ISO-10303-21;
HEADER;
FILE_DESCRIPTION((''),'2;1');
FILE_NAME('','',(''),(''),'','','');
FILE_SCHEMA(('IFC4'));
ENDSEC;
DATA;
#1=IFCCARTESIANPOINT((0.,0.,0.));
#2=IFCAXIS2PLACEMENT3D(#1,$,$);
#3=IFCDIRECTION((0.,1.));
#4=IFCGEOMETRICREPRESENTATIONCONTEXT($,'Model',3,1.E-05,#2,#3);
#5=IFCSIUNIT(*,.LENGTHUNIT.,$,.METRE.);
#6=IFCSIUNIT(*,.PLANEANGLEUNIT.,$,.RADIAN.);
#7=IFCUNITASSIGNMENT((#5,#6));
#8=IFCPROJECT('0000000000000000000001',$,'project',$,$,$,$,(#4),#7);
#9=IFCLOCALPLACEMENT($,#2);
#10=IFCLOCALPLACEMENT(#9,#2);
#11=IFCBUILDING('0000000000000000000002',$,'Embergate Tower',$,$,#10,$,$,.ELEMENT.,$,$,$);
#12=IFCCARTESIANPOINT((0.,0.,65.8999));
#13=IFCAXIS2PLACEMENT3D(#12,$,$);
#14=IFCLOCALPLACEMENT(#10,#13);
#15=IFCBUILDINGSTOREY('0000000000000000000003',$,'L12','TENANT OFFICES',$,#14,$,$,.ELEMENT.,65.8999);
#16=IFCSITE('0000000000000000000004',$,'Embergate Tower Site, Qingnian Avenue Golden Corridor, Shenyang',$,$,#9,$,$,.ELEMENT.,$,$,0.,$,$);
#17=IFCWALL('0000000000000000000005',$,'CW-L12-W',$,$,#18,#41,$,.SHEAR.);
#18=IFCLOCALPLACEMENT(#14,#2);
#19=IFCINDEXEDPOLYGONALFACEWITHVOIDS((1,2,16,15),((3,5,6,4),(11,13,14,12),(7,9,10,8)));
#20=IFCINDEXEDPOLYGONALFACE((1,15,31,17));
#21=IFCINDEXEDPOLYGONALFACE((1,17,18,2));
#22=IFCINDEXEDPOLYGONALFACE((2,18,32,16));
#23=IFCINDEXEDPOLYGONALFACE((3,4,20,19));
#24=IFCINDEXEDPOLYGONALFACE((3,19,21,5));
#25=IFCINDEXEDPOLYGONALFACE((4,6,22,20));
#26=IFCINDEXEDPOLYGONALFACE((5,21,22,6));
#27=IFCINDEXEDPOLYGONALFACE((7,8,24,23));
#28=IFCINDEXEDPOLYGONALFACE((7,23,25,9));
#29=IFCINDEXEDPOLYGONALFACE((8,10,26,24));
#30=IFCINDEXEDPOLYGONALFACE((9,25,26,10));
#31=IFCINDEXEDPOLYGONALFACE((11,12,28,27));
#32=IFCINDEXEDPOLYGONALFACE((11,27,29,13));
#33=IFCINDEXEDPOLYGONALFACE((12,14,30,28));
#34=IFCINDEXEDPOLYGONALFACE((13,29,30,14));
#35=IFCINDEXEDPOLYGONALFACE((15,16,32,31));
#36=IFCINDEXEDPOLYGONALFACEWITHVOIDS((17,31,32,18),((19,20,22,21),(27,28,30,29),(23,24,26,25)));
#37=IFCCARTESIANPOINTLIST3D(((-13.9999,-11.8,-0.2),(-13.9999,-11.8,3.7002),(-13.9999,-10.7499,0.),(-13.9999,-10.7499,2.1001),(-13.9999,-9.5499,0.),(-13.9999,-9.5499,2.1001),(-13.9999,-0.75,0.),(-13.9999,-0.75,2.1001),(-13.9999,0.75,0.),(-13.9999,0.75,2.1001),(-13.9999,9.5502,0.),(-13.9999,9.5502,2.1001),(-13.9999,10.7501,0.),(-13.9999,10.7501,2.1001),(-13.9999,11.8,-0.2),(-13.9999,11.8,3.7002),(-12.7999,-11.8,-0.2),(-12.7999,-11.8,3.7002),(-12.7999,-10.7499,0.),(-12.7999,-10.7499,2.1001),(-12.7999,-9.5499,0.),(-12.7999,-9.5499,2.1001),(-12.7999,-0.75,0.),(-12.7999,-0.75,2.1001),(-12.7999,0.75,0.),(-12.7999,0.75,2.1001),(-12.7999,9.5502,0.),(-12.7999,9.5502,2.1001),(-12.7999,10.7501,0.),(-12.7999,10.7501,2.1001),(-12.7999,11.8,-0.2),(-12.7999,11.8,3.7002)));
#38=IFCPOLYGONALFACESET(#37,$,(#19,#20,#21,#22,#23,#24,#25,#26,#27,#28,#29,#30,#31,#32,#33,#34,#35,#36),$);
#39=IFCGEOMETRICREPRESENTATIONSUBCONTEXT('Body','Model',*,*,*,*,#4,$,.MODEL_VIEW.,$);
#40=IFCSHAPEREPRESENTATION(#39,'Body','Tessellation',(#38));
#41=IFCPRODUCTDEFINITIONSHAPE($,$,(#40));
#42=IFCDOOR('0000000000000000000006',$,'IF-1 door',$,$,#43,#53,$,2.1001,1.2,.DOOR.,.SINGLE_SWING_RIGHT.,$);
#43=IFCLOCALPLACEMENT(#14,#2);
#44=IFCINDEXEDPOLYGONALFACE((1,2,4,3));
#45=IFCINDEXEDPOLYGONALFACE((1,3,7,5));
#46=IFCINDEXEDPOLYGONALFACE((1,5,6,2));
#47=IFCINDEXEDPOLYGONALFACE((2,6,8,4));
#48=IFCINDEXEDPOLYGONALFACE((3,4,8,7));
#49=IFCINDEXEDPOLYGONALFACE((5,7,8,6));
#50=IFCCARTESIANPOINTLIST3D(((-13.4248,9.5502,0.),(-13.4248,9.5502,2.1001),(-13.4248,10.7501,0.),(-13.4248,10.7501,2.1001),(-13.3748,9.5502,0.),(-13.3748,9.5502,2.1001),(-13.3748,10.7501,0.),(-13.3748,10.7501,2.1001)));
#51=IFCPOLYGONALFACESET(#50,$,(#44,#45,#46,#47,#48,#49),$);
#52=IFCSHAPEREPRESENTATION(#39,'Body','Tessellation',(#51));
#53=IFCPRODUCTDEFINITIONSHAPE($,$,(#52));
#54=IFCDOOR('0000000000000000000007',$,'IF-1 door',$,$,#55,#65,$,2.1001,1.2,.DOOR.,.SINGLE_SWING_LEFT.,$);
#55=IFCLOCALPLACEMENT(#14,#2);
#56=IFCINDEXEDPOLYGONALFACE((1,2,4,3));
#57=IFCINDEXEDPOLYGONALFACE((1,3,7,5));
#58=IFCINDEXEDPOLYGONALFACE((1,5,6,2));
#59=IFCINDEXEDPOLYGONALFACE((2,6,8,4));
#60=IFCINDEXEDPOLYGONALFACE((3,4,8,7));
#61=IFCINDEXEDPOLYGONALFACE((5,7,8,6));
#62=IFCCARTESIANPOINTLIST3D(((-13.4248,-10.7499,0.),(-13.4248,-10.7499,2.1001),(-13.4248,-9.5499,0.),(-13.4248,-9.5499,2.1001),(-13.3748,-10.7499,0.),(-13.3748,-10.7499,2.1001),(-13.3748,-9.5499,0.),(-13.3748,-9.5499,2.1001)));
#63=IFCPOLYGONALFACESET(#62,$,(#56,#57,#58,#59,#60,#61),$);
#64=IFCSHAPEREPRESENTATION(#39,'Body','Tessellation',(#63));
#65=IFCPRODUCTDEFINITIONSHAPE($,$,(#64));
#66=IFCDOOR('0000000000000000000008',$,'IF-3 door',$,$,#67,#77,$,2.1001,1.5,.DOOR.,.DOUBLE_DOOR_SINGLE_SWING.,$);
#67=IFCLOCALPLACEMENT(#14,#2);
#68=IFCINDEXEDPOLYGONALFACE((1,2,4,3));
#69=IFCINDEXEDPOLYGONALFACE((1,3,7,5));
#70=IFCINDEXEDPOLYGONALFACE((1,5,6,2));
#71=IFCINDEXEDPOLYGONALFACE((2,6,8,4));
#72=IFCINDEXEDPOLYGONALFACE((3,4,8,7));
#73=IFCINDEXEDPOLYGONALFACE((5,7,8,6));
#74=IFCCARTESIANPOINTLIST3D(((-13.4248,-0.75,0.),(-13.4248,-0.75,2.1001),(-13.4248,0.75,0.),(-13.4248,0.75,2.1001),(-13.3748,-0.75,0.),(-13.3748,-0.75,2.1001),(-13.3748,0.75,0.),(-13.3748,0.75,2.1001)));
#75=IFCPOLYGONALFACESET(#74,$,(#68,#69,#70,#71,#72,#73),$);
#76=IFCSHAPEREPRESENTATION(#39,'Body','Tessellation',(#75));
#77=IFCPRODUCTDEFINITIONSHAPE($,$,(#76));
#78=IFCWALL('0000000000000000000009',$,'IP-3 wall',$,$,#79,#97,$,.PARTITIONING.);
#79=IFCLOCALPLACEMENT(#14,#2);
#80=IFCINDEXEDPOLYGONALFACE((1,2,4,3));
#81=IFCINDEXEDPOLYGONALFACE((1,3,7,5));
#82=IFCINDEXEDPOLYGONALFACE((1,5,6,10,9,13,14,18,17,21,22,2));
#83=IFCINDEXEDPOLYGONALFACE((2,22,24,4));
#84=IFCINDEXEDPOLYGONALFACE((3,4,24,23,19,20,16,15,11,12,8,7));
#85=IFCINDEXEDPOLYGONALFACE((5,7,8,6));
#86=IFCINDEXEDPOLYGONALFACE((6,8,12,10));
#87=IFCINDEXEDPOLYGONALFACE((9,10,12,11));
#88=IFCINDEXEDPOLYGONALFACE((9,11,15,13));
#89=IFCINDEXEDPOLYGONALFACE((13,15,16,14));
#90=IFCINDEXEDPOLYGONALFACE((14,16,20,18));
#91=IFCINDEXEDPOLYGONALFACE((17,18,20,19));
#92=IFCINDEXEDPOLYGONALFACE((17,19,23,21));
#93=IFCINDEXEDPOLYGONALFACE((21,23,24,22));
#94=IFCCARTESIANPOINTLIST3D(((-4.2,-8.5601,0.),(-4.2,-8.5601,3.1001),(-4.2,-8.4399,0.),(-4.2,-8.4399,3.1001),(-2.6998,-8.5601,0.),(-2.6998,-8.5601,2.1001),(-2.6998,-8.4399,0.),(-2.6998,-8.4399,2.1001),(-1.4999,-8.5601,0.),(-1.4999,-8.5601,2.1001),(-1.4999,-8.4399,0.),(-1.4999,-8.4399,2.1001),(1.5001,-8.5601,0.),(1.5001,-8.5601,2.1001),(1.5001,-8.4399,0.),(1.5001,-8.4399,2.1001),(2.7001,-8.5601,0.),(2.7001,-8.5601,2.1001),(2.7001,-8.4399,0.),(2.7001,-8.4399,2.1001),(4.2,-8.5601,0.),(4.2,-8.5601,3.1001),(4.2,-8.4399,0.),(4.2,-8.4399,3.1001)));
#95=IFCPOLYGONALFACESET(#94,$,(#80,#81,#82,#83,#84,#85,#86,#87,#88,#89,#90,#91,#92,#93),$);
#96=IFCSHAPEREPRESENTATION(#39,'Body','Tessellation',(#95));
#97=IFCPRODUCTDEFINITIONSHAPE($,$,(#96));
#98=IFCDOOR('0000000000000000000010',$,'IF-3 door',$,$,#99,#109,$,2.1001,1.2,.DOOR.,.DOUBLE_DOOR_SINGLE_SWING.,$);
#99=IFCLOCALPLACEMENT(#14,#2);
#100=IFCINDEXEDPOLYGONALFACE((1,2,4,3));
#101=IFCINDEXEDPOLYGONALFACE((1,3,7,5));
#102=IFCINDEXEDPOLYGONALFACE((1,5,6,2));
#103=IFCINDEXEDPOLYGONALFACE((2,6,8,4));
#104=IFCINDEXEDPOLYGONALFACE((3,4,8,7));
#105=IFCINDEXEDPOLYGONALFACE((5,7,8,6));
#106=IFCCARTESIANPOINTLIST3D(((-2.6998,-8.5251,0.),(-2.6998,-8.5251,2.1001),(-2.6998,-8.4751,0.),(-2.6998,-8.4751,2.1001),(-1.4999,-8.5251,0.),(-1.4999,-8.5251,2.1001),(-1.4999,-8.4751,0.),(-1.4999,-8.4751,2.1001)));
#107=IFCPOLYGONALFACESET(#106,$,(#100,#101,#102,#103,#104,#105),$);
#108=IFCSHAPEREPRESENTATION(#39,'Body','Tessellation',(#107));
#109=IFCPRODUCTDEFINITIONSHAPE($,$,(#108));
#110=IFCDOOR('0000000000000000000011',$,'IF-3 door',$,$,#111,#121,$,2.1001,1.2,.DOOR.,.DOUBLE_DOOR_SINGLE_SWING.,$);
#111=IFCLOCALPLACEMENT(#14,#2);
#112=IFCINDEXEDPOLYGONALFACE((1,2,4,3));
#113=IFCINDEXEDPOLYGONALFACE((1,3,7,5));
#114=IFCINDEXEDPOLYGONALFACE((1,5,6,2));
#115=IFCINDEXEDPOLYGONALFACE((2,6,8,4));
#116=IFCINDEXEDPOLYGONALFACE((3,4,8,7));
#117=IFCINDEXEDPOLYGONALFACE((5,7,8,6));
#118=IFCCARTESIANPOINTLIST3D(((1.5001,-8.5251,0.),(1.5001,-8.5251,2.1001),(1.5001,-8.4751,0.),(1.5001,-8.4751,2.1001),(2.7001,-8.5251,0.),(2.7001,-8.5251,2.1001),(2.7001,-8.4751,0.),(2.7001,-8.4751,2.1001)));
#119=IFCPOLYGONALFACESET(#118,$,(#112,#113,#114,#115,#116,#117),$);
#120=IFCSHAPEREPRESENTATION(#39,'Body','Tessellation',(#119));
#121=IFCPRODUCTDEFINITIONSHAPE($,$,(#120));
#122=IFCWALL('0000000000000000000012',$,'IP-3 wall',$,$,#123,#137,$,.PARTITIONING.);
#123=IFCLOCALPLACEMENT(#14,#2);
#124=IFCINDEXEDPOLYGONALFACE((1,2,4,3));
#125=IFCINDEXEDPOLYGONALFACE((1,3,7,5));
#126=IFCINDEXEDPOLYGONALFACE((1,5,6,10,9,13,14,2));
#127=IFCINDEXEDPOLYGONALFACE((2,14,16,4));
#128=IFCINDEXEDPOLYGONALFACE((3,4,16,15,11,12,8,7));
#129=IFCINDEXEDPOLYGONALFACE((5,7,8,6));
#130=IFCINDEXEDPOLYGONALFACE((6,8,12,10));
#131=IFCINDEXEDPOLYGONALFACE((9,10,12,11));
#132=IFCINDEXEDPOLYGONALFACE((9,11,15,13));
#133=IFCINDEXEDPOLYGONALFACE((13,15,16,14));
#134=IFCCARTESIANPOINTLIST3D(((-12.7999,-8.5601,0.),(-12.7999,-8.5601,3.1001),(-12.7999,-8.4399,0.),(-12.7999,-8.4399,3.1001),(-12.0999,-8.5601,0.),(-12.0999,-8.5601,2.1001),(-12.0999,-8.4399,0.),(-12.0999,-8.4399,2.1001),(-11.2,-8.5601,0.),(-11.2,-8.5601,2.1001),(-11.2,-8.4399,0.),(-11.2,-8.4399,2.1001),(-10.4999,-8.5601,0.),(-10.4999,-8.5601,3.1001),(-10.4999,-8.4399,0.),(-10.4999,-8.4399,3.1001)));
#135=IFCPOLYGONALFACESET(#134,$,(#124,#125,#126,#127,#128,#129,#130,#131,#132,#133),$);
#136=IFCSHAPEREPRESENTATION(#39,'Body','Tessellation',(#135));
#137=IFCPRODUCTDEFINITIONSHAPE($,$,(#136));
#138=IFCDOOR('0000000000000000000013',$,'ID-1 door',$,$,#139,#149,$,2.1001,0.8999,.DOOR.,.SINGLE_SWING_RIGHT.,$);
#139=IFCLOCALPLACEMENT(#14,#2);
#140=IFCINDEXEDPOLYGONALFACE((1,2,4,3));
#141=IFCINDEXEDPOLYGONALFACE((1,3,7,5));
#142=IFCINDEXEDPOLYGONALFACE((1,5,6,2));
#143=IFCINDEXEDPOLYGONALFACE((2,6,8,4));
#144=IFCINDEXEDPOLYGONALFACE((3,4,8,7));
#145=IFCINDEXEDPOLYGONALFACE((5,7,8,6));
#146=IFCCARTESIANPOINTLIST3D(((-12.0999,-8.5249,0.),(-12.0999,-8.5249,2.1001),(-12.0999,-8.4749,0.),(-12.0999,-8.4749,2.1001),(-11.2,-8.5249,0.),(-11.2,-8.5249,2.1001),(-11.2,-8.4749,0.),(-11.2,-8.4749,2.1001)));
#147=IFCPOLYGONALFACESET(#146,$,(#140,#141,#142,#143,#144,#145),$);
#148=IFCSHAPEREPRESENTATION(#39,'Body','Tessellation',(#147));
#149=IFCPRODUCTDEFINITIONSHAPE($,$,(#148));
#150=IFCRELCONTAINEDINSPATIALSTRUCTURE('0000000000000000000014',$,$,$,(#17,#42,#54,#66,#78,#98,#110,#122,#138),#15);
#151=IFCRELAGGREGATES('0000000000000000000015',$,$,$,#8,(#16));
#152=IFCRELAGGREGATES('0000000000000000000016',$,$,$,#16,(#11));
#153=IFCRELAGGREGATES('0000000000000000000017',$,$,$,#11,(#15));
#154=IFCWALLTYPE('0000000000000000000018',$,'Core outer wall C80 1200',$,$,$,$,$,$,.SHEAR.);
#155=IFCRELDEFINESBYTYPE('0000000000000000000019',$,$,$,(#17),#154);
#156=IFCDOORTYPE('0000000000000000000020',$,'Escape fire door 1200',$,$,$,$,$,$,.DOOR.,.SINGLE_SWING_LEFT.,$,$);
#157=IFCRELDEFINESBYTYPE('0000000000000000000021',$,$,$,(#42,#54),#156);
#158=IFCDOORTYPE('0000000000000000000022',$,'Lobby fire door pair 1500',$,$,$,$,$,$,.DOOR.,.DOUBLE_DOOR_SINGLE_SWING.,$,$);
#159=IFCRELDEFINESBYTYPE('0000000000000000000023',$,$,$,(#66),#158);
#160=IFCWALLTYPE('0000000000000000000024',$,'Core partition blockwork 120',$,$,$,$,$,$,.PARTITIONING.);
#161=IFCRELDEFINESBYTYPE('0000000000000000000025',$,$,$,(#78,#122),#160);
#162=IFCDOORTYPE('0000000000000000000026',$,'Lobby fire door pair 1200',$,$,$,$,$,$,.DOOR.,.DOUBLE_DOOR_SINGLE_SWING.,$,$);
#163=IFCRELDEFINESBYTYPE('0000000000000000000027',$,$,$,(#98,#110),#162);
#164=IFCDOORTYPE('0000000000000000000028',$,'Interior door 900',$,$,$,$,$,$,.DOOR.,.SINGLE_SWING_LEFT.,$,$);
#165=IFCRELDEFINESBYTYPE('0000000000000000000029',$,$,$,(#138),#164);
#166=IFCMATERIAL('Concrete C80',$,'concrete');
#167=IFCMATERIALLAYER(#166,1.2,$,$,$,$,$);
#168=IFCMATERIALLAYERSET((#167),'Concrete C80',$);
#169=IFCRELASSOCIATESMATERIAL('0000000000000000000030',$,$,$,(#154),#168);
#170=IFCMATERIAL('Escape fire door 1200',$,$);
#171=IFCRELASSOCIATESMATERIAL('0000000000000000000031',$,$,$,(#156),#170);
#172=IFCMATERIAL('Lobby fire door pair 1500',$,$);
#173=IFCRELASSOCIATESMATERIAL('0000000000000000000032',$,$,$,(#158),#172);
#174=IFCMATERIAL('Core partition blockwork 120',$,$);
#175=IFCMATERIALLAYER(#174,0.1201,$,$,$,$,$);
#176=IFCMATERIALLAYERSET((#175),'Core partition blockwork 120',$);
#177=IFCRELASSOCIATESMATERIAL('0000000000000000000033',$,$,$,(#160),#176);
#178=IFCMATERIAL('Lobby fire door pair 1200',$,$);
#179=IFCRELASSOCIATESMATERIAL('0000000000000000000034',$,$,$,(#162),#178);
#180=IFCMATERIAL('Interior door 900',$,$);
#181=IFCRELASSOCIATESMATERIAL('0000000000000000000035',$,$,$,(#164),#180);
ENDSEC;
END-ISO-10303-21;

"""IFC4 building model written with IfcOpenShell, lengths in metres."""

from ifc_helpers import new_model, si_unit, direction, frame, frame_2d, origin, place, context, subcontext, project, spatial, rectangle, extrude, source, transform, mapped, material, layer, layer_set, type_object, element, fill, save


model = new_model("IFC4")

# Units and contexts
model_context = context("Model", 3, precision=1e-05, world=origin(), true_north=direction((0.0, 1.0)))
body_context = subcontext(model_context, "Body", "Model", "MODEL_VIEW")
ifc_project = project(units=[si_unit("LENGTHUNIT", "METRE"), si_unit("PLANEANGLEUNIT", "RADIAN")], contexts=[model_context])

# Site, building, storey
site_placement = place(None, origin())
site = spatial("IfcSite", under=ifc_project, at=site_placement, Name="Embergate Tower Site, Qingnian Avenue Golden Corridor, Shenyang", CompositionType="ELEMENT", RefElevation=0.0)
building_placement = place(site_placement, origin())
building = spatial("IfcBuilding", under=site, at=building_placement, Name="Embergate Tower", CompositionType="ELEMENT")
storey_placement = place(building_placement, frame((0.0, 0.0, 65.8999)))
storey = spatial("IfcBuildingStorey", under=building, at=storey_placement, Name="L12", Description="TENANT OFFICES", CompositionType="ELEMENT", Elevation=65.8999)

# Shared definitions
ifc_material_1 = material(Name="Concrete C80", Category="concrete")
ifc_layer_1 = layer(ifc_material_1, 1.2)
ifc_layer_set_1 = layer_set([ifc_layer_1], Name="Concrete C80")
wall_type_1 = type_object("IfcWallType", Name="Core outer wall C80 1200", PredefinedType="SHEAR", material=ifc_layer_set_1)

# Walls, openings, doors
shared_shape_1 = source(origin(), body_context, "Body", "SweptSolid", [
    extrude(rectangle(XDim=23.6001, YDim=1.2, at=frame_2d((11.8, 0.0))), origin(), (0.0, 0.0, 1.0), 3.9001),
])
wall_1_placement = place(storey_placement, frame((-13.3999, -11.8, -0.2), z_axis=(0.0, 0.0, 1.0), x_axis=(0.0, 1.0, 0.0)))
wall_1 = element("IfcWall", 1, at=wall_1_placement, inside=storey, type_object=wall_type_1, Name="CW-L12-W", PredefinedType="SHEAR", context=body_context, shape_type="MappedRepresentation", body=[
    mapped(shared_shape_1, transform((0.0, 0.0, 0.0))),
])
shared_shape_2 = source(origin(), body_context, "Body", "SweptSolid", [
    extrude(rectangle(XDim=1.2, YDim=2.1001, at=frame_2d((0.6001, 1.05))), frame((0.0, 0.6099, 0.0), z_axis=(0.0, -1.0, 0.0), x_axis=(1.0, 0.0, 0.0)), (0.0, 0.0, 1.0), 1.22),
])
opening_1_placement = place(wall_1_placement, frame((21.3501, 0.0, 0.2)))
opening_1 = element("IfcOpeningElement", 2, at=opening_1_placement, cuts=wall_1, PredefinedType="OPENING", context=body_context, shape_type="MappedRepresentation", body=[
    mapped(shared_shape_2, transform((0.0, 0.0, 0.0))),
])
opening_2_placement = place(wall_1_placement, frame((1.05, 0.0, 0.2)))
opening_2 = element("IfcOpeningElement", 3, at=opening_2_placement, cuts=wall_1, PredefinedType="OPENING", context=body_context, shape_type="MappedRepresentation", body=[
    mapped(shared_shape_2, transform((0.0, 0.0, 0.0))),
])
shared_shape_3 = source(origin(), body_context, "Body", "SweptSolid", [
    extrude(rectangle(XDim=1.5, YDim=2.1001, at=frame_2d((0.75, 1.05))), frame((0.0, 0.6099, 0.0), z_axis=(0.0, -1.0, 0.0), x_axis=(1.0, 0.0, 0.0)), (0.0, 0.0, 1.0), 1.22),
])
opening_3_placement = place(wall_1_placement, frame((11.05, 0.0, 0.2)))
opening_3 = element("IfcOpeningElement", 4, at=opening_3_placement, cuts=wall_1, PredefinedType="OPENING", context=body_context, shape_type="MappedRepresentation", body=[
    mapped(shared_shape_3, transform((0.0, 0.0, 0.0))),
])
ifc_material_2 = material(Name="Escape fire door 1200")
door_type_1 = type_object("IfcDoorType", Name="Escape fire door 1200", OperationType="SINGLE_SWING_LEFT", PredefinedType="DOOR", material=ifc_material_2)
shared_shape_4 = source(origin(), body_context, "Body", "SweptSolid", [
    extrude(rectangle(XDim=1.2, YDim=2.1001, at=frame_2d((0.6001, 1.05))), frame((0.0, 0.0249, 0.0), z_axis=(0.0, -1.0, 0.0), x_axis=(1.0, 0.0, 0.0)), (0.0, 0.0, 1.0), 0.05),
])
door_1_placement = place(opening_1_placement, origin())
door_1 = element("IfcDoor", 5, at=door_1_placement, inside=storey, type_object=door_type_1, Name="IF-1 door", OperationType="SINGLE_SWING_RIGHT", OverallHeight=2.1001, OverallWidth=1.2, PredefinedType="DOOR", context=body_context, shape_type="MappedRepresentation", body=[
    mapped(shared_shape_4, transform((0.0, 0.0, 0.0))),
])
fill(opening_1, door_1)
door_2_placement = place(opening_2_placement, origin())
door_2 = element("IfcDoor", 6, at=door_2_placement, inside=storey, type_object=door_type_1, Name="IF-1 door", OperationType="SINGLE_SWING_LEFT", OverallHeight=2.1001, OverallWidth=1.2, PredefinedType="DOOR", context=body_context, shape_type="MappedRepresentation", body=[
    mapped(shared_shape_4, transform((0.0, 0.0, 0.0))),
])
fill(opening_2, door_2)
ifc_material_3 = material(Name="Lobby fire door pair 1500")
door_type_2 = type_object("IfcDoorType", Name="Lobby fire door pair 1500", OperationType="DOUBLE_DOOR_SINGLE_SWING", PredefinedType="DOOR", material=ifc_material_3)
shared_shape_5 = source(origin(), body_context, "Body", "SweptSolid", [
    extrude(rectangle(XDim=1.5, YDim=2.1001, at=frame_2d((0.75, 1.05))), frame((0.0, 0.0249, 0.0), z_axis=(0.0, -1.0, 0.0), x_axis=(1.0, 0.0, 0.0)), (0.0, 0.0, 1.0), 0.05),
])
door_3_placement = place(opening_3_placement, origin())
door_3 = element("IfcDoor", 7, at=door_3_placement, inside=storey, type_object=door_type_2, Name="IF-3 door", OperationType="DOUBLE_DOOR_SINGLE_SWING", OverallHeight=2.1001, OverallWidth=1.5, PredefinedType="DOOR", context=body_context, shape_type="MappedRepresentation", body=[
    mapped(shared_shape_5, transform((0.0, 0.0, 0.0))),
])
fill(opening_3, door_3)
ifc_material_4 = material(Name="Core partition blockwork 120")
ifc_layer_2 = layer(ifc_material_4, 0.1201)
ifc_layer_set_2 = layer_set([ifc_layer_2], Name="Core partition blockwork 120")
wall_type_2 = type_object("IfcWallType", Name="Core partition blockwork 120", PredefinedType="PARTITIONING", material=ifc_layer_set_2)
shared_shape_6 = source(origin(), body_context, "Body", "SweptSolid", [
    extrude(rectangle(XDim=8.3999, YDim=0.1201, at=frame_2d((4.2, 0.0))), origin(), (0.0, 0.0, 1.0), 3.1001),
])
wall_2_placement = place(storey_placement, frame((-4.2, -8.5, 0.0), z_axis=(0.0, 0.0, 1.0), x_axis=(1.0, 0.0, 0.0)))
wall_2 = element("IfcWall", 8, at=wall_2_placement, inside=storey, type_object=wall_type_2, Name="IP-3 wall", PredefinedType="PARTITIONING", context=body_context, shape_type="MappedRepresentation", body=[
    mapped(shared_shape_6, transform((0.0, 0.0, 0.0))),
])
shared_shape_7 = source(origin(), body_context, "Body", "SweptSolid", [
    extrude(rectangle(XDim=1.2, YDim=2.1001, at=frame_2d((0.6001, 1.05))), frame((0.0, 0.0701, 0.0), z_axis=(0.0, -1.0, 0.0), x_axis=(1.0, 0.0, 0.0)), (0.0, 0.0, 1.0), 0.1401),
])
opening_4_placement = place(wall_2_placement, frame((1.5, 0.0, 0.0)))
opening_4 = element("IfcOpeningElement", 9, at=opening_4_placement, cuts=wall_2, PredefinedType="OPENING", context=body_context, shape_type="MappedRepresentation", body=[
    mapped(shared_shape_7, transform((0.0, 0.0, 0.0))),
])
opening_5_placement = place(wall_2_placement, frame((5.7, 0.0, 0.0)))
opening_5 = element("IfcOpeningElement", 10, at=opening_5_placement, cuts=wall_2, PredefinedType="OPENING", context=body_context, shape_type="MappedRepresentation", body=[
    mapped(shared_shape_7, transform((0.0, 0.0, 0.0))),
])
ifc_material_5 = material(Name="Lobby fire door pair 1200")
door_type_3 = type_object("IfcDoorType", Name="Lobby fire door pair 1200", OperationType="DOUBLE_DOOR_SINGLE_SWING", PredefinedType="DOOR", material=ifc_material_5)
door_4_placement = place(opening_4_placement, origin())
door_4 = element("IfcDoor", 11, at=door_4_placement, inside=storey, type_object=door_type_3, Name="IF-3 door", OperationType="DOUBLE_DOOR_SINGLE_SWING", OverallHeight=2.1001, OverallWidth=1.2, PredefinedType="DOOR", context=body_context, shape_type="MappedRepresentation", body=[
    mapped(shared_shape_4, transform((0.0, 0.0, 0.0))),
])
fill(opening_4, door_4)
door_5_placement = place(opening_5_placement, origin())
door_5 = element("IfcDoor", 12, at=door_5_placement, inside=storey, type_object=door_type_3, Name="IF-3 door", OperationType="DOUBLE_DOOR_SINGLE_SWING", OverallHeight=2.1001, OverallWidth=1.2, PredefinedType="DOOR", context=body_context, shape_type="MappedRepresentation", body=[
    mapped(shared_shape_4, transform((0.0, 0.0, 0.0))),
])
fill(opening_5, door_5)

# Wall, opening, door
shared_shape_8 = source(origin(), body_context, "Body", "SweptSolid", [
    extrude(rectangle(XDim=2.3, YDim=0.1201, at=frame_2d((1.1499, 0.0))), origin(), (0.0, 0.0, 1.0), 3.1001),
])
wall_3_placement = place(storey_placement, frame((-10.5, -8.5, 0.0), z_axis=(0.0, 0.0, 1.0), x_axis=(-1.0, 0.0, 0.0)))
wall_3 = element("IfcWall", 13, at=wall_3_placement, inside=storey, type_object=wall_type_2, Name="IP-3 wall", PredefinedType="PARTITIONING", context=body_context, shape_type="MappedRepresentation", body=[
    mapped(shared_shape_8, transform((0.0, 0.0, 0.0))),
])
shared_shape_9 = source(origin(), body_context, "Body", "SweptSolid", [
    extrude(rectangle(XDim=0.8999, YDim=2.1001, at=frame_2d((0.45, 1.05))), frame((0.0, 0.0701, 0.0), z_axis=(0.0, -1.0, 0.0), x_axis=(1.0, 0.0, 0.0)), (0.0, 0.0, 1.0), 0.1401),
])
opening_6_placement = place(wall_3_placement, frame((0.7, 0.0, 0.0)))
opening_6 = element("IfcOpeningElement", 14, at=opening_6_placement, cuts=wall_3, PredefinedType="OPENING", context=body_context, shape_type="MappedRepresentation", body=[
    mapped(shared_shape_9, transform((0.0, 0.0, 0.0))),
])
ifc_material_6 = material(Name="Interior door 900")
door_type_4 = type_object("IfcDoorType", Name="Interior door 900", OperationType="SINGLE_SWING_LEFT", PredefinedType="DOOR", material=ifc_material_6)
shared_shape_10 = source(origin(), body_context, "Body", "SweptSolid", [
    extrude(rectangle(XDim=0.8999, YDim=2.1001, at=frame_2d((0.45, 1.05))), frame((0.0, 0.0249, 0.0), z_axis=(0.0, -1.0, 0.0), x_axis=(1.0, 0.0, 0.0)), (0.0, 0.0, 1.0), 0.05),
])
door_6_placement = place(opening_6_placement, origin())
door_6 = element("IfcDoor", 15, at=door_6_placement, inside=storey, type_object=door_type_4, Name="ID-1 door", OperationType="SINGLE_SWING_RIGHT", OverallHeight=2.1001, OverallWidth=0.8999, PredefinedType="DOOR", context=body_context, shape_type="MappedRepresentation", body=[
    mapped(shared_shape_10, transform((0.0, 0.0, 0.0))),
])
fill(opening_6, door_6)

save(model, "model.ifc")
